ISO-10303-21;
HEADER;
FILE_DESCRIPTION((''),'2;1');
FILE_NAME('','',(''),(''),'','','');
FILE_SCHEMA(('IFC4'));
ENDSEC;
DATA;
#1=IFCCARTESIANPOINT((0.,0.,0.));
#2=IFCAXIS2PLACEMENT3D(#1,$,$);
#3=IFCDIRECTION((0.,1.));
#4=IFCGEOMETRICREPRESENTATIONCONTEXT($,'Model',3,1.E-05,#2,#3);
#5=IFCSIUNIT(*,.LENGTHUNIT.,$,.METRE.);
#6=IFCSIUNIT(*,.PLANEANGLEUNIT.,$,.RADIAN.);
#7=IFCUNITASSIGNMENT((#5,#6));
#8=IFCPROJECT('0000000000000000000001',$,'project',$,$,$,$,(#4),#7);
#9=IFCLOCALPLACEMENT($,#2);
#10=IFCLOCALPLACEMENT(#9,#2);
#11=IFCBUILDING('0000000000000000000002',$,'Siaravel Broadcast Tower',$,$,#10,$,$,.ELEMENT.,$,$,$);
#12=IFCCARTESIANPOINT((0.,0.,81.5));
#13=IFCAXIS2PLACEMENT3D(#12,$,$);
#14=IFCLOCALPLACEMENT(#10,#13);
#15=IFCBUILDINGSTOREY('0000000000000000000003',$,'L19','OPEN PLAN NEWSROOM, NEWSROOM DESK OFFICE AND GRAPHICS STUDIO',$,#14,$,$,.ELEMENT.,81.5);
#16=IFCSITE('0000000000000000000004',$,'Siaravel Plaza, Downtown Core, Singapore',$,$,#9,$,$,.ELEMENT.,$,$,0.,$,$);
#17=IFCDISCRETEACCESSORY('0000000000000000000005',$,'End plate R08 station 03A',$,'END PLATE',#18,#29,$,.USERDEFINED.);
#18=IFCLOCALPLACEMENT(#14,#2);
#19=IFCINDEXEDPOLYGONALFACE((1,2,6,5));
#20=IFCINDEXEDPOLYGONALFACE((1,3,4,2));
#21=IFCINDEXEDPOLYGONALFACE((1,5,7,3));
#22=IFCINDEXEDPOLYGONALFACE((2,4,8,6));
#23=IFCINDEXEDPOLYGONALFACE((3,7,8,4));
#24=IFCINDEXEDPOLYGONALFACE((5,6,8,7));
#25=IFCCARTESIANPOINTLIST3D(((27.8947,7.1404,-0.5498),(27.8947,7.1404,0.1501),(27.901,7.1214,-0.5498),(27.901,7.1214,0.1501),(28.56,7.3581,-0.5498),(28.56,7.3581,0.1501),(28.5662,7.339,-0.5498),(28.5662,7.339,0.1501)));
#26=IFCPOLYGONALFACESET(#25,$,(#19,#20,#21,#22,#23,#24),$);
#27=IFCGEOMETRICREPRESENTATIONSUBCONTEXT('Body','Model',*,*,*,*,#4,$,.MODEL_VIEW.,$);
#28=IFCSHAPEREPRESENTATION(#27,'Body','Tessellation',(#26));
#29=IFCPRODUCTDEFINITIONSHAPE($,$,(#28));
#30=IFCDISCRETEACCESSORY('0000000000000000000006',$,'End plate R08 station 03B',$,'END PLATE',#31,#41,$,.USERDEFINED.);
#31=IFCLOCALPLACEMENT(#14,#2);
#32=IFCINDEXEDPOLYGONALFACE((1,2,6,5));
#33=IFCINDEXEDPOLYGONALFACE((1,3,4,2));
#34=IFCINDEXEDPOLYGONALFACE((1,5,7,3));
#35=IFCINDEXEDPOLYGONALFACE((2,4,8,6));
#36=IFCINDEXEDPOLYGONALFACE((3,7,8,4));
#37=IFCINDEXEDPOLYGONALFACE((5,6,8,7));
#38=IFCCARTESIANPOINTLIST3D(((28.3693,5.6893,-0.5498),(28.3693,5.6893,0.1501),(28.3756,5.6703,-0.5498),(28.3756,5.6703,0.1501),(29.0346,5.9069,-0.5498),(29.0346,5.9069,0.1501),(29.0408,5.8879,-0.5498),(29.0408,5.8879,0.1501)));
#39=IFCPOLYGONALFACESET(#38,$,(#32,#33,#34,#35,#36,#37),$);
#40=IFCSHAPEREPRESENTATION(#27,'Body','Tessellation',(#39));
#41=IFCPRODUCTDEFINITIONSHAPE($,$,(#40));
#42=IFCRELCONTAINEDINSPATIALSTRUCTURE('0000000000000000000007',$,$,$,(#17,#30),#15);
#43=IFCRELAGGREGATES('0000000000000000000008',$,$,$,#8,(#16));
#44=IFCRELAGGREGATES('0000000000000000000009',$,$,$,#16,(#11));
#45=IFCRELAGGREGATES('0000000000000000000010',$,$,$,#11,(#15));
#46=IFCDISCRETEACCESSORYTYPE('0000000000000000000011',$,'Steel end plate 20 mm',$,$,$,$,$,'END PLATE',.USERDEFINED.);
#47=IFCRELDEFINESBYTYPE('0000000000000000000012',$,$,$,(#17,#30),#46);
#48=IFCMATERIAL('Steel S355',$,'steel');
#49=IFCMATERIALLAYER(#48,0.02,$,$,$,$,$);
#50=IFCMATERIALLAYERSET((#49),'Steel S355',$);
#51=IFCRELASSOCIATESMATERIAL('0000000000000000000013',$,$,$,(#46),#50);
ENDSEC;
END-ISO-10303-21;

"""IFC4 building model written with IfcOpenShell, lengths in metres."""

from ifc_helpers import new_model, si_unit, direction, frame, origin, origin_2d, place, context, subcontext, project, spatial, rectangle, extrude, material, layer, layer_set, type_object, element, save


model = new_model("IFC4")

# Units and contexts
model_context = context("Model", 3, precision=1e-05, world=origin(), true_north=direction((0.0, 1.0)))
body_context = subcontext(model_context, "Body", "Model", "MODEL_VIEW")
ifc_project = project(units=[si_unit("LENGTHUNIT", "METRE"), si_unit("PLANEANGLEUNIT", "RADIAN")], contexts=[model_context])

# Site, building, storey
site_placement = place(None, origin())
site = spatial("IfcSite", under=ifc_project, at=site_placement, Name="Siaravel Plaza, Downtown Core, Singapore", CompositionType="ELEMENT", RefElevation=0.0)
building_placement = place(site_placement, origin())
building = spatial("IfcBuilding", under=site, at=building_placement, Name="Siaravel Broadcast Tower", CompositionType="ELEMENT")
storey_placement = place(building_placement, frame((0.0, 0.0, 81.5)))
storey = spatial("IfcBuildingStorey", under=building, at=storey_placement, Name="L19", Description="OPEN PLAN NEWSROOM, NEWSROOM DESK OFFICE AND GRAPHICS STUDIO", CompositionType="ELEMENT", Elevation=81.5)

# Shared definitions
ifc_material_1 = material(Name="Steel S355", Category="steel")

# Discrete accessories
ifc_layer_1 = layer(ifc_material_1, 0.02)
ifc_layer_set_1 = layer_set([ifc_layer_1], Name="Steel S355")
discrete_accessory_type = type_object("IfcDiscreteAccessoryType", Name="Steel end plate 20 mm", ElementType="END PLATE", PredefinedType="USERDEFINED", material=ifc_layer_set_1)
for number, where, z_axis, x_axis, name in (
    (1, (28.2305, 7.2397, -0.5498), (0.0, 0.0, 1.0), (-0.310909, 0.95044, 0.0), "End plate R08 station 03A"),
    (2, (28.7051, 5.7886, -0.5498), (0.0, 0.0, 1.0), (-0.310909, 0.95044, 0.0), "End plate R08 station 03B"),
):
    element("IfcDiscreteAccessory", number, at=place(storey_placement, frame(where, z_axis=z_axis, x_axis=x_axis)), inside=storey, type_object=discrete_accessory_type, Name=name, ObjectType="END PLATE", PredefinedType="USERDEFINED", context=body_context, shape_type="SweptSolid", body=[
        extrude(rectangle(XDim=0.02, YDim=0.7, at=origin_2d()), origin(), (0.0, 0.0, 1.0), 0.7),
    ])

save(model, "model.ifc")
